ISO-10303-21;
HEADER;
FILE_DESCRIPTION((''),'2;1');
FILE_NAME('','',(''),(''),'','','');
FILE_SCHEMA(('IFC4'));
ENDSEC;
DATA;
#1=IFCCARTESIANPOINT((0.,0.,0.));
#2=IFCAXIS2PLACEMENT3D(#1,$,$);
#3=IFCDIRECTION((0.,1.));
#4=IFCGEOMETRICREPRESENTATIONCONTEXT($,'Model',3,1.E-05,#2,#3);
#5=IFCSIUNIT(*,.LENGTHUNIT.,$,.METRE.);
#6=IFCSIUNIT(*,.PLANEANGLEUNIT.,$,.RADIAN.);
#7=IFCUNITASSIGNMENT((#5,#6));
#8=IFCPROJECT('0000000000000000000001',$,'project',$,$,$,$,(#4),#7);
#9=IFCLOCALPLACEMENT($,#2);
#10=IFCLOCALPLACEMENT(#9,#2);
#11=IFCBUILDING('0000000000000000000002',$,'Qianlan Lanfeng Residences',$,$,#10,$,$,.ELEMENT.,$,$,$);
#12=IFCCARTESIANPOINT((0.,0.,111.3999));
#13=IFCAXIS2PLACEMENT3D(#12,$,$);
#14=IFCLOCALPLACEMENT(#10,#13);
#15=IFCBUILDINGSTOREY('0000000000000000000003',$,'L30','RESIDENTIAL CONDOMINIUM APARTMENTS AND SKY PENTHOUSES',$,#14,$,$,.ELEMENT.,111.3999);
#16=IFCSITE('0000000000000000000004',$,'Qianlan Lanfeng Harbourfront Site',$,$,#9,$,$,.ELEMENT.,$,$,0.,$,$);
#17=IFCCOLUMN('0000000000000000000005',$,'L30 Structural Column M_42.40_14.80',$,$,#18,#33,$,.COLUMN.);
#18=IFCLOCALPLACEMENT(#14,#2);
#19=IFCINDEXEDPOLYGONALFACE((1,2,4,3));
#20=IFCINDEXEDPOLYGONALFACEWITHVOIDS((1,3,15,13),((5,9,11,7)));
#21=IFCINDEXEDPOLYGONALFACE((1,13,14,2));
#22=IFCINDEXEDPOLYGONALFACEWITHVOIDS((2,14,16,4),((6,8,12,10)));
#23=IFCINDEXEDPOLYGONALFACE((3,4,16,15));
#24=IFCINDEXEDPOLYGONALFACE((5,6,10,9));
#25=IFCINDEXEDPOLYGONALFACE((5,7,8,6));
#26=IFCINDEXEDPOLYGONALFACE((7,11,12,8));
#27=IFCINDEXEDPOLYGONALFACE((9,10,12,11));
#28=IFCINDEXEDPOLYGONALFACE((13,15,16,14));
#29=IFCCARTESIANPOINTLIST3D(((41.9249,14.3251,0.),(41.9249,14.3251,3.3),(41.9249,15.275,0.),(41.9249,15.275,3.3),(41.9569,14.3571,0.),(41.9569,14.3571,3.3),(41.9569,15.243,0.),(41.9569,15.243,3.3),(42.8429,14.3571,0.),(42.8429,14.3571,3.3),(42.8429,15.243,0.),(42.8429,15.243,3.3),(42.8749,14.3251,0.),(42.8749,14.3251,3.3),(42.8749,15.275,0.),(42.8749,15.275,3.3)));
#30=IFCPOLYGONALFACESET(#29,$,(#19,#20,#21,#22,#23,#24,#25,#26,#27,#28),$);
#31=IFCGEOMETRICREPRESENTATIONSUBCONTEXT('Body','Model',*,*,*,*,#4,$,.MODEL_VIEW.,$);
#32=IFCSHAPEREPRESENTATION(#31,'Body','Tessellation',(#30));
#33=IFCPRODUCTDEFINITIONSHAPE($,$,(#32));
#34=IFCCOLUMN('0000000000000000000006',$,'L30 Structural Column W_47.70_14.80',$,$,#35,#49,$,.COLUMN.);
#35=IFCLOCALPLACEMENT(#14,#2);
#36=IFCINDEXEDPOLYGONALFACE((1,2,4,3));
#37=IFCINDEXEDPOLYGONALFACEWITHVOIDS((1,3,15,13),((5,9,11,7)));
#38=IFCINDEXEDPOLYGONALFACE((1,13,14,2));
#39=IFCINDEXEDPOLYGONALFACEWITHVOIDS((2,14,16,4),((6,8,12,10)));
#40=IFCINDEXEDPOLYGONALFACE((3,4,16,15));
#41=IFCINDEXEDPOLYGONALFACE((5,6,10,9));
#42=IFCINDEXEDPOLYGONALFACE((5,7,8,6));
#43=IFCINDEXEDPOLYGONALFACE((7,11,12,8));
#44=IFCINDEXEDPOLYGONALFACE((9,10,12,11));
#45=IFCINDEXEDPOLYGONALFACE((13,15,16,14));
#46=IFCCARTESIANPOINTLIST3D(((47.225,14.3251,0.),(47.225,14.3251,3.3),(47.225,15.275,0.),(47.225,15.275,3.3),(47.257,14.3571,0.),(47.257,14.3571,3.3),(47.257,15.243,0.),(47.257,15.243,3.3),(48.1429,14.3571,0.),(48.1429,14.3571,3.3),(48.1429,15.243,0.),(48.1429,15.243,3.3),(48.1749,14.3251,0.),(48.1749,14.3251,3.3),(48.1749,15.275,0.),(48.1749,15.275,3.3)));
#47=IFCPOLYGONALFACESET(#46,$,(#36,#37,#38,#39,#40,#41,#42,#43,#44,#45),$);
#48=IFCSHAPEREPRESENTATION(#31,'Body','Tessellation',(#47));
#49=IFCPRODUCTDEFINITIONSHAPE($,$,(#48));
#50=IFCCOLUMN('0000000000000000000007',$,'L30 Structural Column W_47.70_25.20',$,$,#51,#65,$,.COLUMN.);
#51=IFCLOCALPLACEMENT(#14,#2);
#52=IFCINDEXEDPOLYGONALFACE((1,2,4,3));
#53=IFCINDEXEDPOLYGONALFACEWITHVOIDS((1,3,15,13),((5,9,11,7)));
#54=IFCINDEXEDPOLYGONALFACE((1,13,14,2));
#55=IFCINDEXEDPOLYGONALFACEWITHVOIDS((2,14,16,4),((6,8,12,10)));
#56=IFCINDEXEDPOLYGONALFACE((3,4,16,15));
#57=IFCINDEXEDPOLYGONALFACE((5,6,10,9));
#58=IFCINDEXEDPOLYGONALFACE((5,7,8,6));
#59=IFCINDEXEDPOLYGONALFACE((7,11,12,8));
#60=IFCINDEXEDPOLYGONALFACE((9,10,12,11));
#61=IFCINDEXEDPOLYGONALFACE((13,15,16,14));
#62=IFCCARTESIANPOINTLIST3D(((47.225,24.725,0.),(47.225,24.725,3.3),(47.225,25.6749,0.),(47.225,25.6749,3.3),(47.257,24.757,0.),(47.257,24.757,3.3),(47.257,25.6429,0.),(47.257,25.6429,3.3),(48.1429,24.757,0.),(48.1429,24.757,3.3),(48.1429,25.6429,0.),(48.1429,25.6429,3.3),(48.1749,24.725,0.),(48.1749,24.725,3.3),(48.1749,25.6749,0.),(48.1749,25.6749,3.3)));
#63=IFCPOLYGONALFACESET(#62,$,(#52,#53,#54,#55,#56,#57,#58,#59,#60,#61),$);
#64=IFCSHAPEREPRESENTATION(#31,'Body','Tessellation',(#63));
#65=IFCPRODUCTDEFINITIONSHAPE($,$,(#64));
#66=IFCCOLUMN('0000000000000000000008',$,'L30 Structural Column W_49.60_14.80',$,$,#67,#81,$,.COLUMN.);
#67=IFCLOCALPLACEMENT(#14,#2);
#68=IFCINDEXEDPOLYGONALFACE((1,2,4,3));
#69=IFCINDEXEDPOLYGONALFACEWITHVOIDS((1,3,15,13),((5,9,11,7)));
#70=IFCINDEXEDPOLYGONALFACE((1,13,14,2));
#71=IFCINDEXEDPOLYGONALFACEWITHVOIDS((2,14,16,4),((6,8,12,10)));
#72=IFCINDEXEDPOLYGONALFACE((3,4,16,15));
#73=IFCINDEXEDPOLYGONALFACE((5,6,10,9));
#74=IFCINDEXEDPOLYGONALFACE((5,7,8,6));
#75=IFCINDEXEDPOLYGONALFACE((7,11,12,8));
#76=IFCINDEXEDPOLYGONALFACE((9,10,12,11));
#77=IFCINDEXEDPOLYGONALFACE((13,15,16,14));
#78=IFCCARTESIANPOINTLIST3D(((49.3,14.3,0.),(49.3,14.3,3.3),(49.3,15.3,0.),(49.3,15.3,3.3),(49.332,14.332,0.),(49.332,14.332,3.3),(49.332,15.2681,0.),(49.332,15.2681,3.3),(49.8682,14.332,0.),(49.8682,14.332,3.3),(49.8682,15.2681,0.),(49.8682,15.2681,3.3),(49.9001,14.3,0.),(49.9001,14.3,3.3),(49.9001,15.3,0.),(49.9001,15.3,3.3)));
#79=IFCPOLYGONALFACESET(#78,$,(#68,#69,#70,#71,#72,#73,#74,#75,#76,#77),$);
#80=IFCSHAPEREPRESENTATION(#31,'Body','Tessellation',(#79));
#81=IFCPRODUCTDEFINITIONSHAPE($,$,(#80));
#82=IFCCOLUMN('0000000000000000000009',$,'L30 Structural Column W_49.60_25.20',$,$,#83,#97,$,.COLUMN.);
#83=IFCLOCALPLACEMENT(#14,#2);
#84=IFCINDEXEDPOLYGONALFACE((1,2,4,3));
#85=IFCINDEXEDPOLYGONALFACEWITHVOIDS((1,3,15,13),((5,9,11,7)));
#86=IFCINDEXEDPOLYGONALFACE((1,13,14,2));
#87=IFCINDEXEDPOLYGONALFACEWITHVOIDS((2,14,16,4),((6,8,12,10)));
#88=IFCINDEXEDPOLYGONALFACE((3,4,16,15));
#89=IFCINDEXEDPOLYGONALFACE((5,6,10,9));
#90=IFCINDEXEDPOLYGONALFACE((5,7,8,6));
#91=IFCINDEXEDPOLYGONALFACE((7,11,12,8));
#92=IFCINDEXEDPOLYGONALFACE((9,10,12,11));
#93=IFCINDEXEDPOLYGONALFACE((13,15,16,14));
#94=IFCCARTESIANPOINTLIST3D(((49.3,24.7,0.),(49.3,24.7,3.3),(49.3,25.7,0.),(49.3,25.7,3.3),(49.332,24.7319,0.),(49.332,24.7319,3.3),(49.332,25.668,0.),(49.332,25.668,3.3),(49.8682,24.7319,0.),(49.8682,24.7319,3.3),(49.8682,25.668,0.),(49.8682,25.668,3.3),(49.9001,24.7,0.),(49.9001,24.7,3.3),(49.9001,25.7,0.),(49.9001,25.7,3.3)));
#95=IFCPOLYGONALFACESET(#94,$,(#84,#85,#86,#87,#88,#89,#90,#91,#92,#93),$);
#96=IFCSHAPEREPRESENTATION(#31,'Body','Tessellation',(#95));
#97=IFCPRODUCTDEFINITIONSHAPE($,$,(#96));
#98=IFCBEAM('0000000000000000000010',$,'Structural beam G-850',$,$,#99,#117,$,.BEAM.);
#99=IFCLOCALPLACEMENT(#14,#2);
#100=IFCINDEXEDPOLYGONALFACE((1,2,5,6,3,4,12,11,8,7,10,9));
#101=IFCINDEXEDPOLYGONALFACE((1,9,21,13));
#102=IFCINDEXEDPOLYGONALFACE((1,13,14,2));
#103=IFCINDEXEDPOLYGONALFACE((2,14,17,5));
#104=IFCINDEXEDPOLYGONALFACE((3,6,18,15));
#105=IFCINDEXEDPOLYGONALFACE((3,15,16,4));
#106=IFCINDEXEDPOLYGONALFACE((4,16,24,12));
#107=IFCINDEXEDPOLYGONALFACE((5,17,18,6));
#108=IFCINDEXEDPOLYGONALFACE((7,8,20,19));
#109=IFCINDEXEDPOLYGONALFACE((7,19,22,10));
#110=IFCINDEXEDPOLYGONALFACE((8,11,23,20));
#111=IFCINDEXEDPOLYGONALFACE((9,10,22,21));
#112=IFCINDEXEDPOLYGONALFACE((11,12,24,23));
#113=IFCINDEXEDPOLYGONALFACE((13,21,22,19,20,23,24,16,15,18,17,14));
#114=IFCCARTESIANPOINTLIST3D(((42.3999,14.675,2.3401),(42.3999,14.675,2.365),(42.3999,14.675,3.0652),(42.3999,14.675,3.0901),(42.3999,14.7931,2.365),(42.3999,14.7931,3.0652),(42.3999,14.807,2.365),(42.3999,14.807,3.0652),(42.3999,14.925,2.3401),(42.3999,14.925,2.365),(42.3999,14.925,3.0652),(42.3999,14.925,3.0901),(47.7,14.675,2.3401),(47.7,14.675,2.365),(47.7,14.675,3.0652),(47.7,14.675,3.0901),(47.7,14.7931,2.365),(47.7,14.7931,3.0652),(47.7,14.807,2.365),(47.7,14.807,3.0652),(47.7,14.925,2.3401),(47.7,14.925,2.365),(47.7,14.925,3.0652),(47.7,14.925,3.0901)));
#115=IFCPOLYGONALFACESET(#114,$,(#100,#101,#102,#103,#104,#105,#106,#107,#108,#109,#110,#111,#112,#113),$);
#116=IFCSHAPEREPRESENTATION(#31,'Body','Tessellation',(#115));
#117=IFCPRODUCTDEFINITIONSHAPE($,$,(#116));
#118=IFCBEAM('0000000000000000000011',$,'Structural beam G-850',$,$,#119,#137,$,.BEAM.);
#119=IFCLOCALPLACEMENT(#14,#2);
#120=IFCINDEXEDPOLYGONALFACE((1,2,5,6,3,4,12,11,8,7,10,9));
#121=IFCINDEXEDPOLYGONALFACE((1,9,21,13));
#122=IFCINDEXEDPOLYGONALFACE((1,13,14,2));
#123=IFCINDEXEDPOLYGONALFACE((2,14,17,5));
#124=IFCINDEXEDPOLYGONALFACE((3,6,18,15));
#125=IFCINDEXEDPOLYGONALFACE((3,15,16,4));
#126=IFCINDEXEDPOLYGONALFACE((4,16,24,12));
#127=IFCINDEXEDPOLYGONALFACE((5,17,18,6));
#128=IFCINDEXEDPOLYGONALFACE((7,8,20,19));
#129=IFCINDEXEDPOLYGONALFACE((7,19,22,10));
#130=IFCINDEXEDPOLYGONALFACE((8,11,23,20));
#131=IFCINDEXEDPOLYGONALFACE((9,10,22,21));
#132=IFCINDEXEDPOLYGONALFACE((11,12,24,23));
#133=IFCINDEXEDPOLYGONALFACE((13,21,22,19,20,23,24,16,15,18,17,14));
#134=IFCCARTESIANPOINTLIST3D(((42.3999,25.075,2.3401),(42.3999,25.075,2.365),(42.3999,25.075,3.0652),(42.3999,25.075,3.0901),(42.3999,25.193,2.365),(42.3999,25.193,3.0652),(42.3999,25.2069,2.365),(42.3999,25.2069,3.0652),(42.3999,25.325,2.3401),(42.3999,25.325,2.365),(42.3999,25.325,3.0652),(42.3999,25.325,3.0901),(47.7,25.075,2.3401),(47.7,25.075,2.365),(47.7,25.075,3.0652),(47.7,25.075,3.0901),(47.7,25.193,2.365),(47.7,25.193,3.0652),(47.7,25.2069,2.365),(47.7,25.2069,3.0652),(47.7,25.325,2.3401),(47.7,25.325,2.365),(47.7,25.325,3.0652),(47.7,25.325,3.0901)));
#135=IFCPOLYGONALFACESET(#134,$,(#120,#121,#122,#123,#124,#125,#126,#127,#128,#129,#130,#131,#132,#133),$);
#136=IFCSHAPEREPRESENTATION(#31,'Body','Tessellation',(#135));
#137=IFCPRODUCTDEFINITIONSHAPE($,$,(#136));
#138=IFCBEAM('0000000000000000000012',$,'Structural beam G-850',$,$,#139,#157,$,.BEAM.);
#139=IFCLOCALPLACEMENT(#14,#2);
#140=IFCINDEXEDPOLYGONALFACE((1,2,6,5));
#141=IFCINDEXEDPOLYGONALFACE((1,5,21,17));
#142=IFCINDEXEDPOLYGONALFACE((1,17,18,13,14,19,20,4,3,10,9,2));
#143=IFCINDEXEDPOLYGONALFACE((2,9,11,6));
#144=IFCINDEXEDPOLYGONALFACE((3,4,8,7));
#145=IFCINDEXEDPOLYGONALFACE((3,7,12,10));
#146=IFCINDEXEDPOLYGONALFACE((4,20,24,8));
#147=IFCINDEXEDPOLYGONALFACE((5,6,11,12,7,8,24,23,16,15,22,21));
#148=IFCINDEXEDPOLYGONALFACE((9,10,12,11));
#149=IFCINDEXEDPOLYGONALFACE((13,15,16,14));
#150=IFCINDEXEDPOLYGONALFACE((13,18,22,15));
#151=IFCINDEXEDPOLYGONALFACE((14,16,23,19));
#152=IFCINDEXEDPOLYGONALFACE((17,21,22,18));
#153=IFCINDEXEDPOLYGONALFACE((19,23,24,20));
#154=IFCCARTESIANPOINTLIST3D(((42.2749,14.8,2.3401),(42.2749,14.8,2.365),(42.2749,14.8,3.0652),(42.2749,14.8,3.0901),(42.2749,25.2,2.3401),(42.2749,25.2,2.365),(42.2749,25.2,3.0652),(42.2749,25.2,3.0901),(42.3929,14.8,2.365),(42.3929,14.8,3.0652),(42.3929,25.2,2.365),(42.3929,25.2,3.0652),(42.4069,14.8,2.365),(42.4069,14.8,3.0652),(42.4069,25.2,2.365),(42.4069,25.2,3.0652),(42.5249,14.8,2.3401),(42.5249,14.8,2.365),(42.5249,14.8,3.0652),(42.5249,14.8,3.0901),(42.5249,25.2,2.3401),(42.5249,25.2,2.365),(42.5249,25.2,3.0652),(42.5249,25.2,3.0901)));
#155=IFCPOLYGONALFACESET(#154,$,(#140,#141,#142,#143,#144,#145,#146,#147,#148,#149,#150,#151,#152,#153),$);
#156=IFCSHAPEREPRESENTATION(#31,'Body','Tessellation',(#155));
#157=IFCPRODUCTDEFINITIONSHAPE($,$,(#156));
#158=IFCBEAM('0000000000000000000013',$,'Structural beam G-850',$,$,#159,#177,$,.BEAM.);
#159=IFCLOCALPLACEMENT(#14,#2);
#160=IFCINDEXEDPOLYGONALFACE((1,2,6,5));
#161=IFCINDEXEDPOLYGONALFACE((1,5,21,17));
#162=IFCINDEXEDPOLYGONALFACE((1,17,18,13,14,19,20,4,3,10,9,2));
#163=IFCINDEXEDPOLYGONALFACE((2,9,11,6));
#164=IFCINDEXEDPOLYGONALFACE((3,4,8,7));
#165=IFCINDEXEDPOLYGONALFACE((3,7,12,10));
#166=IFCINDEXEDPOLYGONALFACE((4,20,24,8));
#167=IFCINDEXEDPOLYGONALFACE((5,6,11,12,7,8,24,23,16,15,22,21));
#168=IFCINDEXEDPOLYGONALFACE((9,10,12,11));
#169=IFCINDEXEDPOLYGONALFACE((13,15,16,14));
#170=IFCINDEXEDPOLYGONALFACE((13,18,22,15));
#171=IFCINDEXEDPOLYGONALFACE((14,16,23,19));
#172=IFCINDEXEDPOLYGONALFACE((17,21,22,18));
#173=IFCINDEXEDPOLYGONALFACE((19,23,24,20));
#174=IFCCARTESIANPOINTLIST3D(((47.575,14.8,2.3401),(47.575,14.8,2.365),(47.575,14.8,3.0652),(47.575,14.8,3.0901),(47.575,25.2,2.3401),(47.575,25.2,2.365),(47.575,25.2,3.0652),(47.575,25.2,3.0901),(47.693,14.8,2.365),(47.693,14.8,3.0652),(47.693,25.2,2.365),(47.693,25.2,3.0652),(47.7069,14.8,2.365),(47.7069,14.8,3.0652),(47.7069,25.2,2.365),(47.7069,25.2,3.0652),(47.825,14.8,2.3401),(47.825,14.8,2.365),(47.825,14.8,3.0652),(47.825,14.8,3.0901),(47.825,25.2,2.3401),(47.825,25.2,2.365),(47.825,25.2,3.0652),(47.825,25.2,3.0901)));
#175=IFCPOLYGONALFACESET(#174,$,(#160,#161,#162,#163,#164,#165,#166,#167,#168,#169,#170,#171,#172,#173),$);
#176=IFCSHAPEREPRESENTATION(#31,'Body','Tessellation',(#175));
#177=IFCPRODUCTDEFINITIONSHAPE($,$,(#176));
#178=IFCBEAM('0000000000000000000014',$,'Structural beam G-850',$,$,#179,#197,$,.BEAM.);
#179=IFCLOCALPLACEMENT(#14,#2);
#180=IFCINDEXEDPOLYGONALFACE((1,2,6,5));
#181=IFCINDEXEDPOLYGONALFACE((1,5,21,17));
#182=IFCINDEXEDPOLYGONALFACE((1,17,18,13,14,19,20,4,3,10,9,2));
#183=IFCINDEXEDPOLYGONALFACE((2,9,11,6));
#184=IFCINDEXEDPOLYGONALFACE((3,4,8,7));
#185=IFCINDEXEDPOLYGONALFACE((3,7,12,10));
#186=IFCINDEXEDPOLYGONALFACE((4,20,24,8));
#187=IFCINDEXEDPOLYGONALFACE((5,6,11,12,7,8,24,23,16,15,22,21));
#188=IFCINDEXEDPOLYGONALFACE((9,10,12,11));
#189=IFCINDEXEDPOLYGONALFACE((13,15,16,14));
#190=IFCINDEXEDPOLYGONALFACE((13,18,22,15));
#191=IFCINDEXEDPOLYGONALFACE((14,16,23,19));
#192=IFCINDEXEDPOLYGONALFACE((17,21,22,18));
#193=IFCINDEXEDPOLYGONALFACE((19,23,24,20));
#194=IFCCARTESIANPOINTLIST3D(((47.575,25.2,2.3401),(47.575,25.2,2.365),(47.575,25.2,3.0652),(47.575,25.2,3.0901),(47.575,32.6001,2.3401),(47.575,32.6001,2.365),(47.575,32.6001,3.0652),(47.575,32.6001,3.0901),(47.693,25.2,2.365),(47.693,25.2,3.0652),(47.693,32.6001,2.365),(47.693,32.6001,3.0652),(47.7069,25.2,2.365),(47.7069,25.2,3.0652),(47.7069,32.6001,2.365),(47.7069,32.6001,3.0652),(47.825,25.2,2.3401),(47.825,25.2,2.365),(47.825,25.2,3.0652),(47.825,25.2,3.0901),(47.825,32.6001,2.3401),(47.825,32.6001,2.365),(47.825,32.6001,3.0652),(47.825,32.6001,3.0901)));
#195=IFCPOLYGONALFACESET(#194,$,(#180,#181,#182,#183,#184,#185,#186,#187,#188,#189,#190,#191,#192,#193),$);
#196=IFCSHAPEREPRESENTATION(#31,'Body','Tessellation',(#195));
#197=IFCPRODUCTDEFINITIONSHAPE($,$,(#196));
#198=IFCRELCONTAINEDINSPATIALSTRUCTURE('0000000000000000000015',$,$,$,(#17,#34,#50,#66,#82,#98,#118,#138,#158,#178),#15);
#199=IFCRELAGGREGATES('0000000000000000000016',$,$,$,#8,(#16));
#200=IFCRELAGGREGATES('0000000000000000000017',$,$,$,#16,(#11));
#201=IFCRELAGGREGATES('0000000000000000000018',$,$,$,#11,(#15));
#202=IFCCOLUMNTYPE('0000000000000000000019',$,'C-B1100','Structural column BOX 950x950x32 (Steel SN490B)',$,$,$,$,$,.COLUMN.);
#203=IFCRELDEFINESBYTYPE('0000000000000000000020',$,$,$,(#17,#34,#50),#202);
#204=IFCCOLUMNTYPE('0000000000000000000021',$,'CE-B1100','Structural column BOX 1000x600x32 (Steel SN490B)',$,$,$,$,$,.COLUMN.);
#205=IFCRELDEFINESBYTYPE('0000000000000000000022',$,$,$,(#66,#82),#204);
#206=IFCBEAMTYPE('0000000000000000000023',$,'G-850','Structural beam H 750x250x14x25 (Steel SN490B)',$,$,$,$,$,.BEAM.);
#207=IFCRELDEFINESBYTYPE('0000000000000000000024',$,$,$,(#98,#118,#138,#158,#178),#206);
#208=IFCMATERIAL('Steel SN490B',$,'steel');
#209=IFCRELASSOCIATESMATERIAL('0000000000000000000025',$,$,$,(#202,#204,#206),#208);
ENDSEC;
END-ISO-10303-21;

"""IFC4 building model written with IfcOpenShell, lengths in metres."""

from ifc_helpers import new_model, si_unit, direction, frame, origin, origin_2d, place, context, subcontext, project, spatial, hollow_rectangle, i_section, extrude, material, material_profile, profile_set, type_object, element, save


model = new_model("IFC4")

# Units and contexts
model_context = context("Model", 3, precision=1e-05, world=origin(), true_north=direction((0.0, 1.0)))
body_context = subcontext(model_context, "Body", "Model", "MODEL_VIEW")
ifc_project = project(units=[si_unit("LENGTHUNIT", "METRE"), si_unit("PLANEANGLEUNIT", "RADIAN")], contexts=[model_context])

# Site, building, storey
site_placement = place(None, origin())
site = spatial("IfcSite", under=ifc_project, at=site_placement, Name="Qianlan Lanfeng Harbourfront Site", CompositionType="ELEMENT", RefElevation=0.0)
building_placement = place(site_placement, origin())
building = spatial("IfcBuilding", under=site, at=building_placement, Name="Qianlan Lanfeng Residences", CompositionType="ELEMENT")
storey_placement = place(building_placement, frame((0.0, 0.0, 111.3999)))
storey = spatial("IfcBuildingStorey", under=building, at=storey_placement, Name="L30", Description="RESIDENTIAL CONDOMINIUM APARTMENTS AND SKY PENTHOUSES", CompositionType="ELEMENT", Elevation=111.3999)

# Columns
ifc_material_1 = material(Name="Steel SN490B", Category="steel")
ifc_material_profile_1 = material_profile(ifc_material_1, hollow_rectangle(XDim=0.95, YDim=0.95, WallThickness=0.032, at=origin_2d()), Name="BOX 950x950x32")
ifc_profile_set_1 = profile_set([ifc_material_profile_1], Name="Steel SN490B")
column_type_1 = type_object("IfcColumnType", Name="C-B1100", Description="Structural column BOX 950x950x32 (Steel SN490B)", PredefinedType="COLUMN", material=ifc_profile_set_1)
for number, where, z_axis, x_axis, name in (
    (1, (42.3999, 14.8, 0.0), (0.0, 0.0, 1.0), (1.0, 0.0, 0.0), "L30 Structural Column M_42.40_14.80"),
    (2, (47.7, 14.8, 0.0), (0.0, 0.0, 1.0), (1.0, 0.0, 0.0), "L30 Structural Column W_47.70_14.80"),
    (3, (47.7, 25.2, 0.0), (0.0, 0.0, 1.0), (1.0, 0.0, 0.0), "L30 Structural Column W_47.70_25.20"),
):
    element("IfcColumn", number, at=place(storey_placement, frame(where, z_axis=z_axis, x_axis=x_axis)), inside=storey, type_object=column_type_1, Name=name, PredefinedType="COLUMN", context=body_context, shape_type="SweptSolid", body=[
        extrude(hollow_rectangle(XDim=0.95, YDim=0.95, WallThickness=0.032, at=origin_2d()), origin(), (0.0, 0.0, 1.0), 3.3),
    ])
ifc_material_profile_2 = material_profile(ifc_material_1, hollow_rectangle(XDim=0.6001, YDim=1.0, WallThickness=0.032, at=origin_2d()), Name="BOX 1000x600x32")
ifc_profile_set_2 = profile_set([ifc_material_profile_2], Name="Steel SN490B")
column_type_2 = type_object("IfcColumnType", Name="CE-B1100", Description="Structural column BOX 1000x600x32 (Steel SN490B)", PredefinedType="COLUMN", material=ifc_profile_set_2)
for number, where, z_axis, x_axis, name in (
    (4, (49.6001, 14.8, 0.0), (0.0, 0.0, 1.0), (1.0, 0.0, 0.0), "L30 Structural Column W_49.60_14.80"),
    (5, (49.6001, 25.2, 0.0), (0.0, 0.0, 1.0), (1.0, 0.0, 0.0), "L30 Structural Column W_49.60_25.20"),
):
    element("IfcColumn", number, at=place(storey_placement, frame(where, z_axis=z_axis, x_axis=x_axis)), inside=storey, type_object=column_type_2, Name=name, PredefinedType="COLUMN", context=body_context, shape_type="SweptSolid", body=[
        extrude(hollow_rectangle(XDim=0.6001, YDim=1.0, WallThickness=0.032, at=origin_2d()), origin(), (0.0, 0.0, 1.0), 3.3),
    ])

# Beams
ifc_material_profile_3 = material_profile(ifc_material_1, i_section(OverallWidth=0.25, OverallDepth=0.75, WebThickness=0.0139, FlangeThickness=0.0249, at=origin_2d()), Name="H 750x250x14x25")
ifc_profile_set_3 = profile_set([ifc_material_profile_3], Name="Steel SN490B")
beam_type_1 = type_object("IfcBeamType", Name="G-850", Description="Structural beam H 750x250x14x25 (Steel SN490B)", PredefinedType="BEAM", material=ifc_profile_set_3)
for number, where, z_axis, x_axis, name in (
    (6, (42.3999, 14.8, 2.7151), (1.0, 0.0, 0.0), (0.0, 1.0, 0.0), "Structural beam G-850"),
    (7, (42.3999, 25.2, 2.7151), (1.0, 0.0, 0.0), (0.0, 1.0, 0.0), "Structural beam G-850"),
):
    element("IfcBeam", number, at=place(storey_placement, frame(where, z_axis=z_axis, x_axis=x_axis)), inside=storey, type_object=beam_type_1, Name=name, PredefinedType="BEAM", context=body_context, shape_type="SweptSolid", body=[
        extrude(i_section(OverallWidth=0.25, OverallDepth=0.75, WebThickness=0.0139, FlangeThickness=0.0249, at=origin_2d()), origin(), (0.0, 0.0, 1.0), 5.3),
    ])
for number, where, z_axis, x_axis, name in (
    (8, (42.3999, 14.8, 2.7151), (0.0, 1.0, 0.0), (-1.0, 0.0, 0.0), "Structural beam G-850"),
    (9, (47.7, 14.8, 2.7151), (0.0, 1.0, 0.0), (-1.0, 0.0, 0.0), "Structural beam G-850"),
):
    element("IfcBeam", number, at=place(storey_placement, frame(where, z_axis=z_axis, x_axis=x_axis)), inside=storey, type_object=beam_type_1, Name=name, PredefinedType="BEAM", context=body_context, shape_type="SweptSolid", body=[
        extrude(i_section(OverallWidth=0.25, OverallDepth=0.75, WebThickness=0.0139, FlangeThickness=0.0249, at=origin_2d()), origin(), (0.0, 0.0, 1.0), 10.3999),
    ])
beam_1_placement = place(storey_placement, frame((47.7, 25.2, 2.7151), z_axis=(0.0, 1.0, 0.0), x_axis=(-1.0, 0.0, 0.0)))
element("IfcBeam", 10, at=beam_1_placement, inside=storey, type_object=beam_type_1, Name="Structural beam G-850", PredefinedType="BEAM", context=body_context, shape_type="SweptSolid", body=[
    extrude(i_section(OverallWidth=0.25, OverallDepth=0.75, WebThickness=0.0139, FlangeThickness=0.0249, at=origin_2d()), origin(), (0.0, 0.0, 1.0), 7.4001),
])

save(model, "model.ifc")
